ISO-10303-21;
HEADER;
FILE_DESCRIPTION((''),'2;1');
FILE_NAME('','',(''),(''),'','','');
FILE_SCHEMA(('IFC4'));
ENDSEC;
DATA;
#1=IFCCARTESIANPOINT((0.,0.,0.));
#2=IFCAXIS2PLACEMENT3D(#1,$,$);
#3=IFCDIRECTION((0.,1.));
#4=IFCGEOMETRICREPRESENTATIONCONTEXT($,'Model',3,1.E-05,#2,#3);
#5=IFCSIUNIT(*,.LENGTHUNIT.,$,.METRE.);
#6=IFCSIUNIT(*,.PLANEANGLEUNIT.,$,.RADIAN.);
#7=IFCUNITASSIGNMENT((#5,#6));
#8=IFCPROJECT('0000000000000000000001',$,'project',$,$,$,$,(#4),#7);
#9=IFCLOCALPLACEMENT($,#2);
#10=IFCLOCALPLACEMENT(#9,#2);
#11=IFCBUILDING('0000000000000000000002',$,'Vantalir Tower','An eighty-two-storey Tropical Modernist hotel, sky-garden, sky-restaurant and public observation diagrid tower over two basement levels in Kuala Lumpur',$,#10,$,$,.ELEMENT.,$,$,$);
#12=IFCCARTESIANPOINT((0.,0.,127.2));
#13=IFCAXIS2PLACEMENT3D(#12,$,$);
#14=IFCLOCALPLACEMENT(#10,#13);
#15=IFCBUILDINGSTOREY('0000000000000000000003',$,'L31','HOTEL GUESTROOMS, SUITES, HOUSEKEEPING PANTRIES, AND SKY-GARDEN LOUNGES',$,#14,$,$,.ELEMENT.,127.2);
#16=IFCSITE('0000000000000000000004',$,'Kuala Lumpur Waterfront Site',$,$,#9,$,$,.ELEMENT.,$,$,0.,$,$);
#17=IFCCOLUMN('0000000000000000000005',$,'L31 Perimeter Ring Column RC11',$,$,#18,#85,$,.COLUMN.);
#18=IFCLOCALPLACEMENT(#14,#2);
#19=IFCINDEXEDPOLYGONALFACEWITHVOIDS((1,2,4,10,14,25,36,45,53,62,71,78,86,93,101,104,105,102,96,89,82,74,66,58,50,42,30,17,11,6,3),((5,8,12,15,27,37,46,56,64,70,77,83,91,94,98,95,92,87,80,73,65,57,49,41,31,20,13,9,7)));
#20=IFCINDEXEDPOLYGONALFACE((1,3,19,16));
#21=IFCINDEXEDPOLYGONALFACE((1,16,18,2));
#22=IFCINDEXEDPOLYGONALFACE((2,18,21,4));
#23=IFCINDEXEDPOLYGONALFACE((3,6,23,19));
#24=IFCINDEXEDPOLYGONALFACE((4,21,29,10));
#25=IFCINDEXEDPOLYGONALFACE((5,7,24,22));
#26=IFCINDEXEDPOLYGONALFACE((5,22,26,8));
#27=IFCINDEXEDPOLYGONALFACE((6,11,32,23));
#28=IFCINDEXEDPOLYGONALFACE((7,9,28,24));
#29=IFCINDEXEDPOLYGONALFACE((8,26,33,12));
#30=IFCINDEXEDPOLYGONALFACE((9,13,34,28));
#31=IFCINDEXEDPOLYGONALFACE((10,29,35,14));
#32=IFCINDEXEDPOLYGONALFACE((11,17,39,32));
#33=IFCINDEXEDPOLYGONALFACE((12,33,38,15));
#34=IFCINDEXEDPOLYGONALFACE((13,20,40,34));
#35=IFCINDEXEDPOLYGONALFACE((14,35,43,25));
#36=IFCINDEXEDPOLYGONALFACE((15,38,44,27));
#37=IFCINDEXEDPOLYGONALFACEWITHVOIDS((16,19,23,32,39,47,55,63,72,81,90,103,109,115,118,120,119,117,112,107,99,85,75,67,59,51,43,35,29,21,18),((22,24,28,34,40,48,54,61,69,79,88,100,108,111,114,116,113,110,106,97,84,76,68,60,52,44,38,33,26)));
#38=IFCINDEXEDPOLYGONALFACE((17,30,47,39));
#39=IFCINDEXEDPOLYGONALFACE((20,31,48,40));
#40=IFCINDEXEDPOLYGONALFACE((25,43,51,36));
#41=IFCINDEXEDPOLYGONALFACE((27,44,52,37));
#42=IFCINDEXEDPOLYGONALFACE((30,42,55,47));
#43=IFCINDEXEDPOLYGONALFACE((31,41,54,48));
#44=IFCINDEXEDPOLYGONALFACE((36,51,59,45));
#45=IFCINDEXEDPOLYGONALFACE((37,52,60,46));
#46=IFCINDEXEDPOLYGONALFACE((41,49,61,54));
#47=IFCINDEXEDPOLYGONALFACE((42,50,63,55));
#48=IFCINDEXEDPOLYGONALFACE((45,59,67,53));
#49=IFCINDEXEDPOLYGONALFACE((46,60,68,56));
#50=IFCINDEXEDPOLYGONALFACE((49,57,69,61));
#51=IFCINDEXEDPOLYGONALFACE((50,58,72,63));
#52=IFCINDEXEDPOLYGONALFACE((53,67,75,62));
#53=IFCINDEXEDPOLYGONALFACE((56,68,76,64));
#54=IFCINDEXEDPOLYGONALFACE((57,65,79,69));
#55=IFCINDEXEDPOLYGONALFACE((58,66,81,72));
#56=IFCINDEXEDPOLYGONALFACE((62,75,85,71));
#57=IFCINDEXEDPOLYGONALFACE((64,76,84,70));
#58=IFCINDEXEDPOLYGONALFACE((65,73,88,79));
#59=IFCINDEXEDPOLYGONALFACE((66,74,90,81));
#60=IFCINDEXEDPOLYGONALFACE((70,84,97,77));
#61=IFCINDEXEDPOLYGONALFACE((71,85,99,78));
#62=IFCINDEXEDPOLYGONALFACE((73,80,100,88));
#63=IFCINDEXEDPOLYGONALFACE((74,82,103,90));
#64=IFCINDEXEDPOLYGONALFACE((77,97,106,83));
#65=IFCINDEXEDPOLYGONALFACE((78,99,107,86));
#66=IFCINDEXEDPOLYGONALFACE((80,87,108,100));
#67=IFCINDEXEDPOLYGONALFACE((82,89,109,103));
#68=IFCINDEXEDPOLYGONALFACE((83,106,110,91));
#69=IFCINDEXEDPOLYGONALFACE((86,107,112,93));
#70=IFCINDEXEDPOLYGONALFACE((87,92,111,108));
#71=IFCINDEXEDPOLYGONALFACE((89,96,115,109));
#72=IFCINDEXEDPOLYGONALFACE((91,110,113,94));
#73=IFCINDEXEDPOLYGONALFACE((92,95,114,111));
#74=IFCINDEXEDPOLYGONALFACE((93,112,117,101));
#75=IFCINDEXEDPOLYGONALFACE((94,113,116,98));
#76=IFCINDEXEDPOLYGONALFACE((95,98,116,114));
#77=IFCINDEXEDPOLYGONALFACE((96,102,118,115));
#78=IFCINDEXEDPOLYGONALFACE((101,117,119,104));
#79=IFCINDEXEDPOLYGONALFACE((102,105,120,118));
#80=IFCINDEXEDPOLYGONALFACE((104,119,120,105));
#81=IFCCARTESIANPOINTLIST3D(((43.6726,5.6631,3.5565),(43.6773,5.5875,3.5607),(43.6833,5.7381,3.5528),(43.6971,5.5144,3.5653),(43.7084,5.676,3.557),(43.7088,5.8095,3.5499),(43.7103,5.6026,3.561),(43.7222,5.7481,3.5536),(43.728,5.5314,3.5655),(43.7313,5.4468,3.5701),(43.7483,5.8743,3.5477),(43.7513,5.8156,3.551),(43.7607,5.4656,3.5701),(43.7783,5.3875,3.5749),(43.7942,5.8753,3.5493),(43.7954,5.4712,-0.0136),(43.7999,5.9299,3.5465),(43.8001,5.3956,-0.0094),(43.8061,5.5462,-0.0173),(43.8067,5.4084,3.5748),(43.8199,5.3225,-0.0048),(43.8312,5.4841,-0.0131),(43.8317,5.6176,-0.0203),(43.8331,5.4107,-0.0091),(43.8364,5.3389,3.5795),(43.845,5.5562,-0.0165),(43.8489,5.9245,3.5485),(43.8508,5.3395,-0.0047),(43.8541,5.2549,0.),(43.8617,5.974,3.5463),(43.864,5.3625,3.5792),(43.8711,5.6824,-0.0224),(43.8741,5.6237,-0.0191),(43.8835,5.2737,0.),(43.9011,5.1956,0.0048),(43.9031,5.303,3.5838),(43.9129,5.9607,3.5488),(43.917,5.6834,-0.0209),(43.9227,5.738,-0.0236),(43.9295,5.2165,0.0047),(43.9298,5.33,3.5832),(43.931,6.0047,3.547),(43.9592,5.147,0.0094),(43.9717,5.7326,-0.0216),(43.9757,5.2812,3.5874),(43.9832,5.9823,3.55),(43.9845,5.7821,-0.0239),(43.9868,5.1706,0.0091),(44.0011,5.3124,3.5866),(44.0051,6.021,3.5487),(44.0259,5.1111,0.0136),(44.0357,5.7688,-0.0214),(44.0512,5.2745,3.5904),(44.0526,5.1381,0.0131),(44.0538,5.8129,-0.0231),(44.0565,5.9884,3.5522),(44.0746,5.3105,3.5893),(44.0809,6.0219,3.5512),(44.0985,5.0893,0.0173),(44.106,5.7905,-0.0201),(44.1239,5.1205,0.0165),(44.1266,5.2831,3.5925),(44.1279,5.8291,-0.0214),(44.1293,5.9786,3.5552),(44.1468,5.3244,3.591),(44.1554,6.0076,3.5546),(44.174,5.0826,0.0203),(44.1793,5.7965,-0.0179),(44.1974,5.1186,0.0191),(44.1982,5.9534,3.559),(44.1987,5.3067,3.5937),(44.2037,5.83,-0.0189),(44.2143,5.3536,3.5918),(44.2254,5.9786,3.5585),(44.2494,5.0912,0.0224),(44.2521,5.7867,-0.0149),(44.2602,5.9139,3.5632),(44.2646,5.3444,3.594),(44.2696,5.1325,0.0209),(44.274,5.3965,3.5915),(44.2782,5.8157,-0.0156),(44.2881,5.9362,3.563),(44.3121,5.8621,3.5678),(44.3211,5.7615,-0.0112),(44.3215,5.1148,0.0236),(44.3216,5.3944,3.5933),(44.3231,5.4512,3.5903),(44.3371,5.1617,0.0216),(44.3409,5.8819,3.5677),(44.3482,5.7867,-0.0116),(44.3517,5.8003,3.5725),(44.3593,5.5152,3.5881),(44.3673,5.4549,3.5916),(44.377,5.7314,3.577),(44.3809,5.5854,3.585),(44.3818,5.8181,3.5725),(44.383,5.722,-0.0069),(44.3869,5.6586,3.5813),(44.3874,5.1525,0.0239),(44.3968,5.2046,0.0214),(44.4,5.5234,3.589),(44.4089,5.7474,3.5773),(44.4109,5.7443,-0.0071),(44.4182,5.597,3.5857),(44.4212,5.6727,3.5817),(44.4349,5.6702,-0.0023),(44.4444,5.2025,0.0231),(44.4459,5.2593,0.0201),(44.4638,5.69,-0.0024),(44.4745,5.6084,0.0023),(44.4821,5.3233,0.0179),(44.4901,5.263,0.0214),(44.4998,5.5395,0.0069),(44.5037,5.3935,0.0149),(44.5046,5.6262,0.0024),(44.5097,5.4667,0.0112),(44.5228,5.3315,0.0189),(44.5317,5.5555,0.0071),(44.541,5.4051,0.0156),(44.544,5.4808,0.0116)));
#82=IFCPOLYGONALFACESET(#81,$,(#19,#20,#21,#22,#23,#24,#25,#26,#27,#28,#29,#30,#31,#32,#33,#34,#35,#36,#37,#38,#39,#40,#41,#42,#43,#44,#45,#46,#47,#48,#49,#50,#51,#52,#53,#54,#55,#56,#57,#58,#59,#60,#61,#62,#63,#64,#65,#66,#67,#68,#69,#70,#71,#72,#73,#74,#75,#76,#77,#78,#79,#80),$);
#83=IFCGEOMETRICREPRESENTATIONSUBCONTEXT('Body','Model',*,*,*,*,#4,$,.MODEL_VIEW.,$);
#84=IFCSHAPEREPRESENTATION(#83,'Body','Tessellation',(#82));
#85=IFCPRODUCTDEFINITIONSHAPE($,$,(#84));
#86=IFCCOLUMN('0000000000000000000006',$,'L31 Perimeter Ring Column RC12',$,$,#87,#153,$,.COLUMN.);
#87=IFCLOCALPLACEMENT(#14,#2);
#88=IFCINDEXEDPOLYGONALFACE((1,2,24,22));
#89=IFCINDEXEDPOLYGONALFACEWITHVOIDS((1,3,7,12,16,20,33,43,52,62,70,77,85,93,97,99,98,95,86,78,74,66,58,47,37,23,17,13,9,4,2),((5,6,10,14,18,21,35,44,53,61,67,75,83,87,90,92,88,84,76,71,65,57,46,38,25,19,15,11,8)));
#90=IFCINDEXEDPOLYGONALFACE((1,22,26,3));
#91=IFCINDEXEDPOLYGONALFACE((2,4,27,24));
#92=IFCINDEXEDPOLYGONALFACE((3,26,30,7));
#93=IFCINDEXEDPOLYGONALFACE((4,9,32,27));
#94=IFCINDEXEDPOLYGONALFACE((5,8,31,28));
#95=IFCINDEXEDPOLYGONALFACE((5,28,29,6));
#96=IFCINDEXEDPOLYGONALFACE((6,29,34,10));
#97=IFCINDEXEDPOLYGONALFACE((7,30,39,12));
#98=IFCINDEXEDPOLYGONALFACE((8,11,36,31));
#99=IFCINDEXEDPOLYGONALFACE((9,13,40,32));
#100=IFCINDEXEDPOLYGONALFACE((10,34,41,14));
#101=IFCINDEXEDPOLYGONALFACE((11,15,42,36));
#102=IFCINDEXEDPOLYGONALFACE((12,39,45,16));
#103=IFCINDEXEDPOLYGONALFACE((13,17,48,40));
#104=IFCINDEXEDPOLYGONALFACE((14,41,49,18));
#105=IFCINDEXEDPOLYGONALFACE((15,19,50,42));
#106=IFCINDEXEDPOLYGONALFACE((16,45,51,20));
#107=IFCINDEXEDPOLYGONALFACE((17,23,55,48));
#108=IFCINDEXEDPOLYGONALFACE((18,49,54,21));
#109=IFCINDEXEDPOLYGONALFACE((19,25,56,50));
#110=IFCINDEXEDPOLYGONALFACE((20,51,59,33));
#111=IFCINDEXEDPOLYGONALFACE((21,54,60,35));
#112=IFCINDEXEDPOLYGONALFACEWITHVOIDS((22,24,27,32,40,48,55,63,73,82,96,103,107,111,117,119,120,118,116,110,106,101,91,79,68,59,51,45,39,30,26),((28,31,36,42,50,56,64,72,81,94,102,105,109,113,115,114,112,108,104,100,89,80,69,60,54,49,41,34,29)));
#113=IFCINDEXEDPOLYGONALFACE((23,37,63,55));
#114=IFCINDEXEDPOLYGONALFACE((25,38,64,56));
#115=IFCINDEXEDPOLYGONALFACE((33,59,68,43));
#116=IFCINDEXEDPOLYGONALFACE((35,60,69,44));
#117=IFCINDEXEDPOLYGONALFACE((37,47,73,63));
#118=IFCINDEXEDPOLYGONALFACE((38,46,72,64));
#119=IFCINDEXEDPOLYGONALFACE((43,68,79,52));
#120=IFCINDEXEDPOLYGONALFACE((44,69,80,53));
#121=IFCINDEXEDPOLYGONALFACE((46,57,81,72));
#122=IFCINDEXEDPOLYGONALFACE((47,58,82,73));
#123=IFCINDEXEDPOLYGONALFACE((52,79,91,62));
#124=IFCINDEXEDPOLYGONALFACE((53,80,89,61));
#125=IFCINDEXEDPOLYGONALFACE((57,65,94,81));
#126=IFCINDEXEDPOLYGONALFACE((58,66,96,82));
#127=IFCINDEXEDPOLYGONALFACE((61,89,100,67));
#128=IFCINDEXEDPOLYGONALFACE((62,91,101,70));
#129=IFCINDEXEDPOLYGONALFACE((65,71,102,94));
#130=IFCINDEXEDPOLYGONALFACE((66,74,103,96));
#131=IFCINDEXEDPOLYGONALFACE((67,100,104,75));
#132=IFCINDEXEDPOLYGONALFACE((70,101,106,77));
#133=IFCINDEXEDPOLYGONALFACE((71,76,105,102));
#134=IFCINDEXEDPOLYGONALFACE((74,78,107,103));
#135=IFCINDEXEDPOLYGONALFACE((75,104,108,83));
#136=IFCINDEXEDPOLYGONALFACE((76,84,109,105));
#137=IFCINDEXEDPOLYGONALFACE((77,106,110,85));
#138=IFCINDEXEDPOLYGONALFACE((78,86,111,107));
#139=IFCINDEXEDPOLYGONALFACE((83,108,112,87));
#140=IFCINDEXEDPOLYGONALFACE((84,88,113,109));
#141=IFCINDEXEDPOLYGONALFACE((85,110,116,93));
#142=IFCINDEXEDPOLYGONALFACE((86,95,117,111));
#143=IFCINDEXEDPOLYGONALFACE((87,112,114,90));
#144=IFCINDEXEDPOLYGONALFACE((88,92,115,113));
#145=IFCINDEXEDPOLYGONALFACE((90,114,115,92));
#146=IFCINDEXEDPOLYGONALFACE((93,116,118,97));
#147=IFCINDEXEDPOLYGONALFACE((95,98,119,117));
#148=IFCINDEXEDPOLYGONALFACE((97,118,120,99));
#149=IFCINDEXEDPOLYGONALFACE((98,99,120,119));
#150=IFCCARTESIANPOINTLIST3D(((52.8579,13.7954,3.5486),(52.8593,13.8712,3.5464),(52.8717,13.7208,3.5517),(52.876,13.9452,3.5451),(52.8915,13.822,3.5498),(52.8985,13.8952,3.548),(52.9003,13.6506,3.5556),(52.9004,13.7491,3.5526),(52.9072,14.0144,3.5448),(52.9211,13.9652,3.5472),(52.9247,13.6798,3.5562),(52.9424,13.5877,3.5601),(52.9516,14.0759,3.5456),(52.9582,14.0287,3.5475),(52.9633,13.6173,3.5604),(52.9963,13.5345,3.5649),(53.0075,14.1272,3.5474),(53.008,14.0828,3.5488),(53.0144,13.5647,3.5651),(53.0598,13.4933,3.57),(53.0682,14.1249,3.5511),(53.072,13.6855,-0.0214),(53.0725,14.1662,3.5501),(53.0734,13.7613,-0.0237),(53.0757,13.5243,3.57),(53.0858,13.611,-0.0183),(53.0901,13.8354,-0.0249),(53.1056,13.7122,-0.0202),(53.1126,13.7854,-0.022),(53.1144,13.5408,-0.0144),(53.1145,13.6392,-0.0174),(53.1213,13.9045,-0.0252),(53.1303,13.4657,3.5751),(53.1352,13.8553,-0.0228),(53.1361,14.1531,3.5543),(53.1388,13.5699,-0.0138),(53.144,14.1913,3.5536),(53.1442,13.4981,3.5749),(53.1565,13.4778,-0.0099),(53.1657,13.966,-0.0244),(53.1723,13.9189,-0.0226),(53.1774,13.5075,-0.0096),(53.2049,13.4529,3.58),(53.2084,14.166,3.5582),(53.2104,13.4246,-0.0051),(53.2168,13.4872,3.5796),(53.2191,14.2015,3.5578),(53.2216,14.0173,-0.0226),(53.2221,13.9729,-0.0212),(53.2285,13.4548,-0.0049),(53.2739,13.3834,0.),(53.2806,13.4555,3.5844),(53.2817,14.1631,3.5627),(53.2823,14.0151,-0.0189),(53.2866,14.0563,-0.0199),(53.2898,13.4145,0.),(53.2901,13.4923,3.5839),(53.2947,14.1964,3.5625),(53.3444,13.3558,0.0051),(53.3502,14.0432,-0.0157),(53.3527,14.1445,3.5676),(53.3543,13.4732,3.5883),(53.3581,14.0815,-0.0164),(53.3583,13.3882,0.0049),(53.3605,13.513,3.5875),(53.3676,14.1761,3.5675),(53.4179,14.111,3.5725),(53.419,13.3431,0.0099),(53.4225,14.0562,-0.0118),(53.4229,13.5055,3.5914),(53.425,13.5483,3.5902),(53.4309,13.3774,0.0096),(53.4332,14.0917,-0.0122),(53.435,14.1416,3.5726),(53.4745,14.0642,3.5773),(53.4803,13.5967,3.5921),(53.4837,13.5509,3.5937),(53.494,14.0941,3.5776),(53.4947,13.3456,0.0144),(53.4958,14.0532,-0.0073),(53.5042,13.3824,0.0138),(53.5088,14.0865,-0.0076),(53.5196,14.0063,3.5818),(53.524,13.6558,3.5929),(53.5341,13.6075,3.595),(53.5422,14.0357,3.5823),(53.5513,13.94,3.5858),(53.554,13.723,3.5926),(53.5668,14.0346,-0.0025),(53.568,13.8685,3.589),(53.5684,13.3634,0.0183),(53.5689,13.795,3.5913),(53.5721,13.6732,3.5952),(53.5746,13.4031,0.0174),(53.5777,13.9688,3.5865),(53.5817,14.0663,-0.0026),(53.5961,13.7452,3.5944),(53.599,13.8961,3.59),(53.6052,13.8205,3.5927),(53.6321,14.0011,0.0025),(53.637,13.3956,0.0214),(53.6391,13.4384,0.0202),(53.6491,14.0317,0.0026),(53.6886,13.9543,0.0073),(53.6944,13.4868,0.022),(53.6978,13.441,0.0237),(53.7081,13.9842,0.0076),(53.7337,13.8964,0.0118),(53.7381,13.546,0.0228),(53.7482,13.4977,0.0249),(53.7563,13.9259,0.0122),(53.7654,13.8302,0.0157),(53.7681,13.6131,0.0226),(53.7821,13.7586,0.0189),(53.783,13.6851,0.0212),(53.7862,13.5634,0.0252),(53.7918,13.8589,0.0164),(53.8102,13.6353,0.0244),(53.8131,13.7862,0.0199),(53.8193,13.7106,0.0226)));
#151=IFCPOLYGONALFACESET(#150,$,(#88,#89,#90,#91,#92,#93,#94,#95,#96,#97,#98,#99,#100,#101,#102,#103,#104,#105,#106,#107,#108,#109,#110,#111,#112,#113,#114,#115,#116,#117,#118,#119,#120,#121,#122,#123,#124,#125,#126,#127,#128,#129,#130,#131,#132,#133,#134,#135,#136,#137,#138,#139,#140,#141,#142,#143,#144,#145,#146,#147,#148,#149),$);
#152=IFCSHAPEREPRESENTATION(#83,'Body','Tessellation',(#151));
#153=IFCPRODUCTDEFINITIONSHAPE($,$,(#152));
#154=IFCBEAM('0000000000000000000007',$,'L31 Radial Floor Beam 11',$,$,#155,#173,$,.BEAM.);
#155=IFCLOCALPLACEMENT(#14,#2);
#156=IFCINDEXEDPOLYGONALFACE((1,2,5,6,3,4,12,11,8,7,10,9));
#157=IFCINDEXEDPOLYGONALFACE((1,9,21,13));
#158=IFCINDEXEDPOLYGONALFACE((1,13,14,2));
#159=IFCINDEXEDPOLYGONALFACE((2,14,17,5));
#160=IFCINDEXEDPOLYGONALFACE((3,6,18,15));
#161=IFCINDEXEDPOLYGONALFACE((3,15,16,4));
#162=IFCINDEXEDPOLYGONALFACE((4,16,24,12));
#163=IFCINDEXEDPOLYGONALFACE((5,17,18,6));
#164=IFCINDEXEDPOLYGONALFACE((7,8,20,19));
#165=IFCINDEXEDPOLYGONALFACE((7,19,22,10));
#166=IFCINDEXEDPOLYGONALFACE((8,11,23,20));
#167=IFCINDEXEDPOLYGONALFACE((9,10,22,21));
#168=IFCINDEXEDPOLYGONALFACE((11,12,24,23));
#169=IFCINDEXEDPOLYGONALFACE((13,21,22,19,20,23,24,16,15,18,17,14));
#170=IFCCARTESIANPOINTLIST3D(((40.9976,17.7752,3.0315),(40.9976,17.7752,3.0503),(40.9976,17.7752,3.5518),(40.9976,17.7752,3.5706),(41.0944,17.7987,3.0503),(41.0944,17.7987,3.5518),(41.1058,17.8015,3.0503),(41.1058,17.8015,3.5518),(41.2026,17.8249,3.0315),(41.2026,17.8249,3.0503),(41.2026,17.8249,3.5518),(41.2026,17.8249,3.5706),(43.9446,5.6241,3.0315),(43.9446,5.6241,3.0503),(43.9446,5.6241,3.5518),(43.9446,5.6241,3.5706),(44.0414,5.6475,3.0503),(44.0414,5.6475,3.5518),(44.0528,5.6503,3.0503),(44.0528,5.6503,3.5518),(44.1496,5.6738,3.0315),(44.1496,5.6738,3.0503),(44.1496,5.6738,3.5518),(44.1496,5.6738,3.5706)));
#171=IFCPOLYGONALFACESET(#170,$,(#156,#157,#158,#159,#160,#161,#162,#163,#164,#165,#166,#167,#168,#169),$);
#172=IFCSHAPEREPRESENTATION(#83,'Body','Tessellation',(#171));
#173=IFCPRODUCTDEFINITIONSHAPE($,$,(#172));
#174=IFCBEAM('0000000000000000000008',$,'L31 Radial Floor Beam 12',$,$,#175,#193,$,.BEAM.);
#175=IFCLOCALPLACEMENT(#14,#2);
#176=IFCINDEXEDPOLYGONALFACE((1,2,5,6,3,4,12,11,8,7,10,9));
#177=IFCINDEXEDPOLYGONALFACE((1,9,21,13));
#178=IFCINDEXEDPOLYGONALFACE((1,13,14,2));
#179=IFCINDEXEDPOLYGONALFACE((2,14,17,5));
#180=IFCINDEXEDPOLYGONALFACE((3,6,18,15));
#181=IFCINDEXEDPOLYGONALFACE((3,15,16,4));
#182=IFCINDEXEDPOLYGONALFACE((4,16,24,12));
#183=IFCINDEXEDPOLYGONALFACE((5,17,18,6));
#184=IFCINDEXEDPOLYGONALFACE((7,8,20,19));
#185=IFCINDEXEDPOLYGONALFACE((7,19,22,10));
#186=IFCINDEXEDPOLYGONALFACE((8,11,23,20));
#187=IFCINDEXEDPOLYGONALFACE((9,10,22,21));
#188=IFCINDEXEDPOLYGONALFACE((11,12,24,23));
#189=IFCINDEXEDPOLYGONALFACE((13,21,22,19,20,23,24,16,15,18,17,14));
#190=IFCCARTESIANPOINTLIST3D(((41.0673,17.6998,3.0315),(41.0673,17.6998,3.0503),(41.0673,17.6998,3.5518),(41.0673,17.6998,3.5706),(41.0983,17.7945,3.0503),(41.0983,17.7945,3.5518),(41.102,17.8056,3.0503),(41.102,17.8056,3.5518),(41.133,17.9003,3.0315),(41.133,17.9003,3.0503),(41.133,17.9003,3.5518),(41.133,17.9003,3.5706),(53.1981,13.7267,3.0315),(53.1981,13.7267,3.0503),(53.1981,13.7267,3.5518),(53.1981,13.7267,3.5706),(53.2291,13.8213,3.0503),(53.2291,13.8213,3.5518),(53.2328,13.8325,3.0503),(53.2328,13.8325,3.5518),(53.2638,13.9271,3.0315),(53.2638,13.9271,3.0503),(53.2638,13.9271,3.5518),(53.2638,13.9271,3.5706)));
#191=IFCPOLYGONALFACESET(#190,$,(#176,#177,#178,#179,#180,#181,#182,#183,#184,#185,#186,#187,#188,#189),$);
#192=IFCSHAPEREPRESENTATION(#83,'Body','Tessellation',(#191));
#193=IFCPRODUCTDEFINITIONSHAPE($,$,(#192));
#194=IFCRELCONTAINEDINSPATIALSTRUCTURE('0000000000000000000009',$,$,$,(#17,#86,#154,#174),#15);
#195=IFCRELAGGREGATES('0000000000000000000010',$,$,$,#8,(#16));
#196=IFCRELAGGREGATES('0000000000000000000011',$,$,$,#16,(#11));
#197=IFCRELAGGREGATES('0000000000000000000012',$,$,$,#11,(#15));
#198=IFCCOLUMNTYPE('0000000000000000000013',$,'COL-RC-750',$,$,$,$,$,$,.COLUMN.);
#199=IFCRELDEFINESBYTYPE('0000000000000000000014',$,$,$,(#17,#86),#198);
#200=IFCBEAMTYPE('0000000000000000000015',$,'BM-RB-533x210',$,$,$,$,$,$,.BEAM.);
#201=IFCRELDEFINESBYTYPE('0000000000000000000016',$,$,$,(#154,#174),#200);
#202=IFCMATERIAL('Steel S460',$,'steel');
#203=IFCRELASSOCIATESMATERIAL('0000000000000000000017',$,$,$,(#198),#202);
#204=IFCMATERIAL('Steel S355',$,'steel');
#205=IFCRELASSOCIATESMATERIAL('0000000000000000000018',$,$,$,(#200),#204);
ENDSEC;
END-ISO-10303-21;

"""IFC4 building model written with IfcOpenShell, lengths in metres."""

from ifc_helpers import new_model, si_unit, direction, frame, origin, origin_2d, place, context, subcontext, project, spatial, hollow_circle, i_section, extrude, material, material_profile, profile_set, type_object, element, save


model = new_model("IFC4")

# Units and contexts
model_context = context("Model", 3, precision=1e-05, world=origin(), true_north=direction((0.0, 1.0)))
body_context = subcontext(model_context, "Body", "Model", "MODEL_VIEW")
ifc_project = project(units=[si_unit("LENGTHUNIT", "METRE"), si_unit("PLANEANGLEUNIT", "RADIAN")], contexts=[model_context])

# Site, building, storey
site_placement = place(None, origin())
site = spatial("IfcSite", under=ifc_project, at=site_placement, Name="Kuala Lumpur Waterfront Site", CompositionType="ELEMENT", RefElevation=0.0)
building_placement = place(site_placement, origin())
building = spatial("IfcBuilding", under=site, at=building_placement, Name="Vantalir Tower", Description="An eighty-two-storey Tropical Modernist hotel, sky-garden, sky-restaurant and public observation diagrid tower over two basement levels in Kuala Lumpur", CompositionType="ELEMENT")
storey_placement = place(building_placement, frame((0.0, 0.0, 127.2)))
storey = spatial("IfcBuildingStorey", under=building, at=storey_placement, Name="L31", Description="HOTEL GUESTROOMS, SUITES, HOUSEKEEPING PANTRIES, AND SKY-GARDEN LOUNGES", CompositionType="ELEMENT", Elevation=127.2)

# Columns
ifc_material_1 = material(Name="Steel S460", Category="steel")
ifc_material_profile_1 = material_profile(ifc_material_1, hollow_circle(Radius=0.375, WallThickness=0.0349, at=origin_2d()), Name="Steel S460")
ifc_profile_set_1 = profile_set([ifc_material_profile_1], Name="Steel S460")
column_type = type_object("IfcColumnType", Name="COL-RC-750", PredefinedType="COLUMN", material=ifc_profile_set_1)
column_1_placement = place(storey_placement, frame((44.1699, 5.457, 0.0), z_axis=(-0.034328, 0.053642, 0.99797), x_axis=(-0.842291, -0.539023, 0.0)))
element("IfcColumn", 1, at=column_1_placement, inside=storey, type_object=column_type, Name="L31 Perimeter Ring Column RC11", PredefinedType="COLUMN", context=body_context, shape_type="SweptSolid", body=[
    extrude(hollow_circle(Radius=0.375, WallThickness=0.0349, at=origin_2d()), origin(), (0.0, 0.0, 1.0), 3.5774),
])
column_2_placement = place(storey_placement, frame((53.4451, 13.717, 0.0), z_axis=(-0.059838, 0.030704, 0.997736), x_axis=(-0.456523, -0.889712, 0.0)))
element("IfcColumn", 2, at=column_2_placement, inside=storey, type_object=column_type, Name="L31 Perimeter Ring Column RC12", PredefinedType="COLUMN", context=body_context, shape_type="SweptSolid", body=[
    extrude(hollow_circle(Radius=0.375, WallThickness=0.0349, at=origin_2d()), origin(), (0.0, 0.0, 1.0), 3.5781),
])

# Beams
ifc_material_2 = material(Name="Steel S355", Category="steel")
ifc_material_profile_2 = material_profile(ifc_material_2, i_section(OverallWidth=0.2109, OverallDepth=0.5391, WebThickness=0.0117, FlangeThickness=0.0188, at=origin_2d()), Name="Steel S355")
ifc_profile_set_2 = profile_set([ifc_material_profile_2], Name="Steel S355")
beam_type_1 = type_object("IfcBeamType", Name="BM-RB-533x210", PredefinedType="BEAM", material=ifc_profile_set_2)
beam_1_placement = place(storey_placement, frame((44.0471, 5.6489, 3.301), z_axis=(-0.235698, 0.971826, 0.0), x_axis=(-0.971826, -0.235698, 0.0)))
element("IfcBeam", 3, at=beam_1_placement, inside=storey, type_object=beam_type_1, Name="L31 Radial Floor Beam 11", PredefinedType="BEAM", context=body_context, shape_type="SweptSolid", body=[
    extrude(i_section(OverallWidth=0.2109, OverallDepth=0.5391, WebThickness=0.0117, FlangeThickness=0.0188, at=origin_2d()), origin(), (0.0, 0.0, 1.0), 12.5034),
])
beam_2_placement = place(storey_placement, frame((53.231, 13.8269, 3.301), z_axis=(-0.950327, 0.311255, 0.0), x_axis=(-0.311255, -0.950327, 0.0)))
element("IfcBeam", 4, at=beam_2_placement, inside=storey, type_object=beam_type_1, Name="L31 Radial Floor Beam 12", PredefinedType="BEAM", context=body_context, shape_type="SweptSolid", body=[
    extrude(i_section(OverallWidth=0.2109, OverallDepth=0.5391, WebThickness=0.0117, FlangeThickness=0.0188, at=origin_2d()), origin(), (0.0, 0.0, 1.0), 12.7649),
])

save(model, "model.ifc")
